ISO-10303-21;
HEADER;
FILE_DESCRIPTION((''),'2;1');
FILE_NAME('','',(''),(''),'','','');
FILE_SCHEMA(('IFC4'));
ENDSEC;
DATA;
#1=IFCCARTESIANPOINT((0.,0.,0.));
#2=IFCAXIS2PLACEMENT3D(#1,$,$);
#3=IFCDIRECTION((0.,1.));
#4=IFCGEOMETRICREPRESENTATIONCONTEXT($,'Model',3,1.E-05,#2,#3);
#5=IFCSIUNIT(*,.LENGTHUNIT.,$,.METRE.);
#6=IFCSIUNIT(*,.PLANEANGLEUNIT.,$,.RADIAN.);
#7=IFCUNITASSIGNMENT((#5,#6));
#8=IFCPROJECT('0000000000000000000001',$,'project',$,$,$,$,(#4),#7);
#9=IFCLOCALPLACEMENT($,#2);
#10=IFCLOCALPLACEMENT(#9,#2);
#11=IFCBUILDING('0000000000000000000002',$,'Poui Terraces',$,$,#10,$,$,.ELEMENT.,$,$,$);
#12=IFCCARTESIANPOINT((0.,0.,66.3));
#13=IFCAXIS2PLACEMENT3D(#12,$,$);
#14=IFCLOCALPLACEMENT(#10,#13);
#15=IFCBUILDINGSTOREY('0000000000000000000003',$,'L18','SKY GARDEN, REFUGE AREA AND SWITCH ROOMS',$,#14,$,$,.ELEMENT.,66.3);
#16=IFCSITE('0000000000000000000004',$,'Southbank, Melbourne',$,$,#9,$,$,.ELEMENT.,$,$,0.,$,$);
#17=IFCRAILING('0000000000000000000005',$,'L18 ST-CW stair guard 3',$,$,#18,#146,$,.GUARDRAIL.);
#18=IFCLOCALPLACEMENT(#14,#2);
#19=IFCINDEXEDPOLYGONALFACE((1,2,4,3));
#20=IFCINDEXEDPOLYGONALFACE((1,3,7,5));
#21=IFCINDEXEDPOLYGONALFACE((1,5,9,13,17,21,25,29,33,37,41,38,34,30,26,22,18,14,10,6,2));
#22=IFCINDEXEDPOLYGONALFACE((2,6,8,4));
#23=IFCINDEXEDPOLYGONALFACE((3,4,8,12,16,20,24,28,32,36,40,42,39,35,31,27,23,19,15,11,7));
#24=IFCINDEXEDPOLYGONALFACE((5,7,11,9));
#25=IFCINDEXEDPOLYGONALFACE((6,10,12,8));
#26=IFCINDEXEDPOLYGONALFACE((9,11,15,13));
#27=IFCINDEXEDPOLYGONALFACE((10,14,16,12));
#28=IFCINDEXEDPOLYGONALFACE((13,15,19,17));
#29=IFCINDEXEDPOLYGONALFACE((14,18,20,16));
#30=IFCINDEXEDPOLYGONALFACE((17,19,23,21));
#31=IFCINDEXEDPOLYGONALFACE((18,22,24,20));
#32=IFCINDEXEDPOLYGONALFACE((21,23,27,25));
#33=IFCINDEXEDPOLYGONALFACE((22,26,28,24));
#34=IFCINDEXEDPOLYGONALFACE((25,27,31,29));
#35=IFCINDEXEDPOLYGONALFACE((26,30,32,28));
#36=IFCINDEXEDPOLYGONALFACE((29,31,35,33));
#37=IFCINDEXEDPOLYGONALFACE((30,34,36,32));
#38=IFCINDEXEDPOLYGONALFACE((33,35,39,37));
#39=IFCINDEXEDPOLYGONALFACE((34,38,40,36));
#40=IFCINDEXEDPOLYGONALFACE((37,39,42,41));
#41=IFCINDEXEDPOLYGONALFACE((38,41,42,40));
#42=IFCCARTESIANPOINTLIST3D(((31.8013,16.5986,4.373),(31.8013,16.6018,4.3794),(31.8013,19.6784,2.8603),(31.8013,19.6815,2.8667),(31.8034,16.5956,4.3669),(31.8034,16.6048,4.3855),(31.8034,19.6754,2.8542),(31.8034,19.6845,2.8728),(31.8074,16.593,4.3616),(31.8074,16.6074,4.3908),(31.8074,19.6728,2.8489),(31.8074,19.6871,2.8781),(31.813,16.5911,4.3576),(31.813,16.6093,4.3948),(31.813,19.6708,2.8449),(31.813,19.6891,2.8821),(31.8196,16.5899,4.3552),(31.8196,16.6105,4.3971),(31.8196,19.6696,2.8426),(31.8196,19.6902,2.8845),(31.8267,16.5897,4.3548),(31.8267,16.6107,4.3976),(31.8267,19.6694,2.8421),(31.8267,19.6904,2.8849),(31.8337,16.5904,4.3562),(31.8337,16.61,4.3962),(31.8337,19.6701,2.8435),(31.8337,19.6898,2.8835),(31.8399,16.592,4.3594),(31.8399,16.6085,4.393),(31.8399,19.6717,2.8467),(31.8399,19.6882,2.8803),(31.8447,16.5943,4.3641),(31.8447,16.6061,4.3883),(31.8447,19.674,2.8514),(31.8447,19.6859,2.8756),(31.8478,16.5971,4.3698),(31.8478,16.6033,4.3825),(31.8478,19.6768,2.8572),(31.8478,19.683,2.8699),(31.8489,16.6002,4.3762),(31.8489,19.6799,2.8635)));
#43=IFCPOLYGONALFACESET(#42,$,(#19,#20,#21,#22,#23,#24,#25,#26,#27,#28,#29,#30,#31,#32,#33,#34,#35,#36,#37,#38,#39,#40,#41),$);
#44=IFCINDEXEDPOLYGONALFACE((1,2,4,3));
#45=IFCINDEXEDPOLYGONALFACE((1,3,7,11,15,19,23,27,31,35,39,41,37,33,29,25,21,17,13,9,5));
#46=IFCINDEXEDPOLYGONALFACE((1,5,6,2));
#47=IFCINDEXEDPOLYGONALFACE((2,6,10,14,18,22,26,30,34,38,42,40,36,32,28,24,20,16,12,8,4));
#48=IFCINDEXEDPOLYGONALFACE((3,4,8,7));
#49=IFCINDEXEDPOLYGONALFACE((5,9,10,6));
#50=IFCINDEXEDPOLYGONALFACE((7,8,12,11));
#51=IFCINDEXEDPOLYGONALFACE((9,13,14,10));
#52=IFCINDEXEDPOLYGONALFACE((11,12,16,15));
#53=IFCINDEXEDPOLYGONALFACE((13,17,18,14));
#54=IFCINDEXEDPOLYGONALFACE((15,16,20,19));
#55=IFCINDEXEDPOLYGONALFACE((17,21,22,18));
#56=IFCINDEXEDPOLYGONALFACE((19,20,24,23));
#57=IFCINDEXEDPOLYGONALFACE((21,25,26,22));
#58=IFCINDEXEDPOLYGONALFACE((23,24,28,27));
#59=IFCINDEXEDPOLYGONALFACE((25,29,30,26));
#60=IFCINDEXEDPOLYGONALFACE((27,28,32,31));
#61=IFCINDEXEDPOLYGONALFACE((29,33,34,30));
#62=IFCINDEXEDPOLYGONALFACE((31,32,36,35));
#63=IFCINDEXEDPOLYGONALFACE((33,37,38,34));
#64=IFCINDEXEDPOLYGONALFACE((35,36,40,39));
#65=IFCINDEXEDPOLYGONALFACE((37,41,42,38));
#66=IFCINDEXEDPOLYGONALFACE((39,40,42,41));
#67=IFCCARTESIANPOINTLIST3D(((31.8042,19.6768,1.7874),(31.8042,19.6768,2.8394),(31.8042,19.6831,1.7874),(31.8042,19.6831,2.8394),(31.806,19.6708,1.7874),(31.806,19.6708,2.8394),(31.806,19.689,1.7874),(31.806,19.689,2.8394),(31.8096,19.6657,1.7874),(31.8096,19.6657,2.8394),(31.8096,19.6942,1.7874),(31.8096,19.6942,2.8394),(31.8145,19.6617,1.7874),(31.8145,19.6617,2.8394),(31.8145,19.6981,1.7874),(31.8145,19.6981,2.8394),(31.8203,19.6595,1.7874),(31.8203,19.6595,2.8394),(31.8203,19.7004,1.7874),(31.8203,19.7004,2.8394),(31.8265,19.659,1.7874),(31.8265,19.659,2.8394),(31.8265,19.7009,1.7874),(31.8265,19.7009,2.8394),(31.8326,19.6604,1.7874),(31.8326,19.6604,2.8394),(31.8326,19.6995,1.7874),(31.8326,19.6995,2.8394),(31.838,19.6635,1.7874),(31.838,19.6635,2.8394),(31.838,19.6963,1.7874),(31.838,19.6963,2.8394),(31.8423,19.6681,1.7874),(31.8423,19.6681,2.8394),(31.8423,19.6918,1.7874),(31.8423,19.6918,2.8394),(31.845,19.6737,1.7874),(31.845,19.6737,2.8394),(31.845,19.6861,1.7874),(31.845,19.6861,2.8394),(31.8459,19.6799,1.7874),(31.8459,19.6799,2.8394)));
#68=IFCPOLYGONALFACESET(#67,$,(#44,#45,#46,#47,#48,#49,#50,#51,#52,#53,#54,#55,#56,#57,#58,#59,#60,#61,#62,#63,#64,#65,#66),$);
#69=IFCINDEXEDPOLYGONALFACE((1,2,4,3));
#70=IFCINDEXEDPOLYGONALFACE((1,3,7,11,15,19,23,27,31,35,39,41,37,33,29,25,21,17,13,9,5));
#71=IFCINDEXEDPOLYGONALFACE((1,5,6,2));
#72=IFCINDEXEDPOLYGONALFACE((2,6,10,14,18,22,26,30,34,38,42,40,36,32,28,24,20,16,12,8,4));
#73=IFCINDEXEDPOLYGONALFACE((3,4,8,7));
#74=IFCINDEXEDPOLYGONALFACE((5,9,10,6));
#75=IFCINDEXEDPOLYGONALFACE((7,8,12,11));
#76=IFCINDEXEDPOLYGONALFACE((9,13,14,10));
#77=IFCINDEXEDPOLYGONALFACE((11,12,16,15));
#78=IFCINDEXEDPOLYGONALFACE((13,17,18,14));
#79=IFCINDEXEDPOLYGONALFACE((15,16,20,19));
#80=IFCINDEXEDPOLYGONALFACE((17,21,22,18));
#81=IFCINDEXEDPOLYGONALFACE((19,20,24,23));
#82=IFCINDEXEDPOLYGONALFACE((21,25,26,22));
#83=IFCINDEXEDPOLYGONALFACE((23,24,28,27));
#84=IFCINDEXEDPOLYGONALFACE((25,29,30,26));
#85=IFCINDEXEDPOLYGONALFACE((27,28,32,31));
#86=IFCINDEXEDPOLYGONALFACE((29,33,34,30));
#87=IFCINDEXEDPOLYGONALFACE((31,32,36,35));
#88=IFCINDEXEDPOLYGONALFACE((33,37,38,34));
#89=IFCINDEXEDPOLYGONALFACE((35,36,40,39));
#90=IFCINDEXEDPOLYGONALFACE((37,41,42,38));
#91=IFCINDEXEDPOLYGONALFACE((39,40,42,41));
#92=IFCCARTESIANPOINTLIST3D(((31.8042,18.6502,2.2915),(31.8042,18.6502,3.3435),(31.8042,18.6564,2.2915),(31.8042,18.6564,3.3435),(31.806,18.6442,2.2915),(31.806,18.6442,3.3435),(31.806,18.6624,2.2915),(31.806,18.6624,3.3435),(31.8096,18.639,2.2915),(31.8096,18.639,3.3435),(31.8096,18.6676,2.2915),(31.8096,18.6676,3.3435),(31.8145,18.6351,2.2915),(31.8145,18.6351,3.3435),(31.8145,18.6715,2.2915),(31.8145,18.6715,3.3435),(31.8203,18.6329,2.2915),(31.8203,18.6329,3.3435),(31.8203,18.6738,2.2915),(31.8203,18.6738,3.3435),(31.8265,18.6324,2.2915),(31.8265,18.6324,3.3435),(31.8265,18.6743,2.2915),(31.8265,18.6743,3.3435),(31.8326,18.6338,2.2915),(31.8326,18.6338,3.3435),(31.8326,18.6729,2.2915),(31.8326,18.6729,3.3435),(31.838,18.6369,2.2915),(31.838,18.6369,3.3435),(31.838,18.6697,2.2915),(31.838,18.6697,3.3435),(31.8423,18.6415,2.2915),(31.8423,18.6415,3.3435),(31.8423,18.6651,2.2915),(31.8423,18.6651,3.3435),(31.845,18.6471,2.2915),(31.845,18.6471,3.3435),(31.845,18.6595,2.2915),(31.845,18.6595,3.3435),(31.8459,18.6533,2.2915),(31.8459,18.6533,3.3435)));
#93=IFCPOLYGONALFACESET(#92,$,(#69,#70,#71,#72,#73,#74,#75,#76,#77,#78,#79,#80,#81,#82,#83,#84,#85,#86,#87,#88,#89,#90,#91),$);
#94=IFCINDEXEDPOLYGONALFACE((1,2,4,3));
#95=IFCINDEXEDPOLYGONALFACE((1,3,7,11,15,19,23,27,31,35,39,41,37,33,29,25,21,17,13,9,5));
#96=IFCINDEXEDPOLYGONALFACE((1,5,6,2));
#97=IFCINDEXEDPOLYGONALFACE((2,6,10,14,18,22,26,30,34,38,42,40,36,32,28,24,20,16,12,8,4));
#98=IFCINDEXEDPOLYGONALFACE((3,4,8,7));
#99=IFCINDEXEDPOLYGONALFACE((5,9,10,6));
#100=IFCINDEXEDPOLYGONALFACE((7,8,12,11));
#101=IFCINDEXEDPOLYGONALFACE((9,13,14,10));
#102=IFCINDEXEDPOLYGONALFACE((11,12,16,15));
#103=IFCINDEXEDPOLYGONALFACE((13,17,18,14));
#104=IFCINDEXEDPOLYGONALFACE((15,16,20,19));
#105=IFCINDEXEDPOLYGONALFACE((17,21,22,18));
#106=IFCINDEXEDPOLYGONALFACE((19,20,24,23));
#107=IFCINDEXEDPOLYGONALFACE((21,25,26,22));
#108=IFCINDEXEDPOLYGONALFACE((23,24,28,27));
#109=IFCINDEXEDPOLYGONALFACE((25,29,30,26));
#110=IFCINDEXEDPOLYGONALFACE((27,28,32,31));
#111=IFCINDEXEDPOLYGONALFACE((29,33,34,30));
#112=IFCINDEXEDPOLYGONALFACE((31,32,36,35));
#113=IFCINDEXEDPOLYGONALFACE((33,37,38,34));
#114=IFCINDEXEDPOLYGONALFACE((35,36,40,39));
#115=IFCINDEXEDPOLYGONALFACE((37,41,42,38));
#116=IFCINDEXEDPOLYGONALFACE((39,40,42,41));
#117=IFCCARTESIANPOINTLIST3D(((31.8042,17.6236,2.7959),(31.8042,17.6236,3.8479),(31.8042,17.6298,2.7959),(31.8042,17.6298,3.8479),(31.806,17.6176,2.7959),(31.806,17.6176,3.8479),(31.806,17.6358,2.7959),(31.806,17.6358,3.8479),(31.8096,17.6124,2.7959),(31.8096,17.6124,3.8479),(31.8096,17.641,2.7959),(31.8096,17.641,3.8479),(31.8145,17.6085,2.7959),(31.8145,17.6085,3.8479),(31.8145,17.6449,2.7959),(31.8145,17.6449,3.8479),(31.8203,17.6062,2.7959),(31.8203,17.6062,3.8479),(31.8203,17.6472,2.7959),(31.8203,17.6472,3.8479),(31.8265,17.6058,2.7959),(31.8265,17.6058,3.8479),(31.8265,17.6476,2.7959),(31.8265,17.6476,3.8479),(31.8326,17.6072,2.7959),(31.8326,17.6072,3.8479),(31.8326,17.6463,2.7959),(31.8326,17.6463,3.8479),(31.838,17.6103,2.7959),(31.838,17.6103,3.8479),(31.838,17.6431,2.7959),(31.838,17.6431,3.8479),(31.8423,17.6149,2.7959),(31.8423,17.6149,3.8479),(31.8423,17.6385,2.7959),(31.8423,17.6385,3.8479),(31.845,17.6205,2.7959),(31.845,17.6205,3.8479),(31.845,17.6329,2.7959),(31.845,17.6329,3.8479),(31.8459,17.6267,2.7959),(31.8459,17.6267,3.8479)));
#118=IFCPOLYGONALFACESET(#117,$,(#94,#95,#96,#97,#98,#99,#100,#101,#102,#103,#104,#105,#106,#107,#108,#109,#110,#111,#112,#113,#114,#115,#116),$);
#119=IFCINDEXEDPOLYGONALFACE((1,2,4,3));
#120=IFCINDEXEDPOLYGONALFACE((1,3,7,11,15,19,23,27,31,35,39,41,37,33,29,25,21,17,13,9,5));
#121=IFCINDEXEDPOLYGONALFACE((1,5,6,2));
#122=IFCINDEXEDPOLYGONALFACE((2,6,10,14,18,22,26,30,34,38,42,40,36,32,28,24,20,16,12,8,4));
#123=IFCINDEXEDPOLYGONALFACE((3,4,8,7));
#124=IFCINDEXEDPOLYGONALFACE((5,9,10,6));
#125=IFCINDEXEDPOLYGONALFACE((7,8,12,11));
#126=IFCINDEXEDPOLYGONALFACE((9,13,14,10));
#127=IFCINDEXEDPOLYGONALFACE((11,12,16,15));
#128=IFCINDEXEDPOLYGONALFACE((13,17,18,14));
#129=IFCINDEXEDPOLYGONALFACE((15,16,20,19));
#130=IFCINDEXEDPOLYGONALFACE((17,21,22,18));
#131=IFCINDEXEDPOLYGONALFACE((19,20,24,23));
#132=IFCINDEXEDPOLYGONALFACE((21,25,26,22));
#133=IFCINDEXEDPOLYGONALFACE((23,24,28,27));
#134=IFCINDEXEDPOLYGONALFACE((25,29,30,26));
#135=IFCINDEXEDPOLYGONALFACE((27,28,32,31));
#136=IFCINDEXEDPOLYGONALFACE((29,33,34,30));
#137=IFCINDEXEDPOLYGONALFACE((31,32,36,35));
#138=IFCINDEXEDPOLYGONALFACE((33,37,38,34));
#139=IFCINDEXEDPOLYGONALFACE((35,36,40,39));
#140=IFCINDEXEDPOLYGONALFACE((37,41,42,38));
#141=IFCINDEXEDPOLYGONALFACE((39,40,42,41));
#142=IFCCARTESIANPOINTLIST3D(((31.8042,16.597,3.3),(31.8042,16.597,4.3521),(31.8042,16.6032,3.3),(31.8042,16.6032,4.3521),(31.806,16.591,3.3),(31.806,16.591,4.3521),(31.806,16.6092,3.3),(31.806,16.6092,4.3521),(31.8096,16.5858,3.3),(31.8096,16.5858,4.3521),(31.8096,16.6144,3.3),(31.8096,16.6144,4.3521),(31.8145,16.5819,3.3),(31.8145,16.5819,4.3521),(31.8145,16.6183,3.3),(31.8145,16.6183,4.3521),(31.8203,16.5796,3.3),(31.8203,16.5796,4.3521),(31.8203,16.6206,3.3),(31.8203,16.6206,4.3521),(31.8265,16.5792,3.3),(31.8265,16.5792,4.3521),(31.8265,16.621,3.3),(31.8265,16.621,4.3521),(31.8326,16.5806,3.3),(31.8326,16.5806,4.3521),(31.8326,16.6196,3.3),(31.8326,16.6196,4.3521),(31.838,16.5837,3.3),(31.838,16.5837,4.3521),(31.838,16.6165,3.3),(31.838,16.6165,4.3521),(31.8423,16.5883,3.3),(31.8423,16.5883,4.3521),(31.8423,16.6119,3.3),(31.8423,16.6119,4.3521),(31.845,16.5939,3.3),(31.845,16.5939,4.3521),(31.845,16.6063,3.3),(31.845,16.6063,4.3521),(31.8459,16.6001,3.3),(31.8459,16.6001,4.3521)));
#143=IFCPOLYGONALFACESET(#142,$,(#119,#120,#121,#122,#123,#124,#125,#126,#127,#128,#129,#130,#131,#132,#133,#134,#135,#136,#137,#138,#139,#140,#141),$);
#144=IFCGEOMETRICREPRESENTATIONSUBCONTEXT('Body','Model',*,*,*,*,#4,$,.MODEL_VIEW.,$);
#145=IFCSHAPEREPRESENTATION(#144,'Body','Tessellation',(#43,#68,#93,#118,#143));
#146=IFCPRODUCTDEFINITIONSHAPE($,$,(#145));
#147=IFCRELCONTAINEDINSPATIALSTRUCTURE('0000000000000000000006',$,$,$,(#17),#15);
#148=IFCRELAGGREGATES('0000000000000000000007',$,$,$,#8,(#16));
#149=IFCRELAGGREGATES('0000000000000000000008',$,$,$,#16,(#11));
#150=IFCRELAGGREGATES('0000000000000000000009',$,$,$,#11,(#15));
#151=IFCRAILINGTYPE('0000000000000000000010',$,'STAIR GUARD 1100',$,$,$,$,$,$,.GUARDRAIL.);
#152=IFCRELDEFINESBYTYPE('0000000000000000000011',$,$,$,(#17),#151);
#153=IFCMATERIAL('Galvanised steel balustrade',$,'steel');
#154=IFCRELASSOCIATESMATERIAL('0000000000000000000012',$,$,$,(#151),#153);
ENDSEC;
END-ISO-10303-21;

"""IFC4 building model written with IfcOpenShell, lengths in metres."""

from ifc_helpers import new_model, si_unit, direction, frame, origin, origin_2d, place, context, subcontext, project, spatial, circle, extrude, material, type_object, element, save


model = new_model("IFC4")

# Units and contexts
model_context = context("Model", 3, precision=1e-05, world=origin(), true_north=direction((0.0, 1.0)))
body_context = subcontext(model_context, "Body", "Model", "MODEL_VIEW")
ifc_project = project(units=[si_unit("LENGTHUNIT", "METRE"), si_unit("PLANEANGLEUNIT", "RADIAN")], contexts=[model_context])

# Site, building, storey
site_placement = place(None, origin())
site = spatial("IfcSite", under=ifc_project, at=site_placement, Name="Southbank, Melbourne", CompositionType="ELEMENT", RefElevation=0.0)
building_placement = place(site_placement, origin())
building = spatial("IfcBuilding", under=site, at=building_placement, Name="Poui Terraces", CompositionType="ELEMENT")
storey_placement = place(building_placement, frame((0.0, 0.0, 66.3)))
storey = spatial("IfcBuildingStorey", under=building, at=storey_placement, Name="L18", Description="SKY GARDEN, REFUGE AREA AND SWITCH ROOMS", CompositionType="ELEMENT", Elevation=66.3)

# Railing
ifc_material_1 = material(Name="Galvanised steel balustrade", Category="steel")
railing_type_1 = type_object("IfcRailingType", Name="STAIR GUARD 1100", PredefinedType="GUARDRAIL", material=ifc_material_1)
railing_1_placement = place(storey_placement, frame((31.825, 19.6799, 1.7874)))
element("IfcRailing", 1, at=railing_1_placement, inside=storey, type_object=railing_type_1, Name="L18 ST-CW stair guard 3", PredefinedType="GUARDRAIL", context=body_context, shape_type="SweptSolid", body=[
    extrude(circle(Radius=0.0239, at=origin_2d()), frame((0.0, 0.0, 1.0762), z_axis=(0.0, -0.897578, 0.440856), x_axis=(1.0, 0.0, 0.0)), (0.0, 0.0, 1.0), 3.4312),
    extrude(circle(Radius=0.021, at=origin_2d()), origin(), (0.0, 0.0, 1.0), 1.052),
    extrude(circle(Radius=0.021, at=origin_2d()), frame((0.0, -1.0266, 0.5042)), (0.0, 0.0, 1.0), 1.052),
    extrude(circle(Radius=0.021, at=origin_2d()), frame((0.0, -2.0532, 1.0085)), (0.0, 0.0, 1.0), 1.052),
    extrude(circle(Radius=0.021, at=origin_2d()), frame((0.0, -3.0798, 1.5127)), (0.0, 0.0, 1.0), 1.052),
])

save(model, "model.ifc")
